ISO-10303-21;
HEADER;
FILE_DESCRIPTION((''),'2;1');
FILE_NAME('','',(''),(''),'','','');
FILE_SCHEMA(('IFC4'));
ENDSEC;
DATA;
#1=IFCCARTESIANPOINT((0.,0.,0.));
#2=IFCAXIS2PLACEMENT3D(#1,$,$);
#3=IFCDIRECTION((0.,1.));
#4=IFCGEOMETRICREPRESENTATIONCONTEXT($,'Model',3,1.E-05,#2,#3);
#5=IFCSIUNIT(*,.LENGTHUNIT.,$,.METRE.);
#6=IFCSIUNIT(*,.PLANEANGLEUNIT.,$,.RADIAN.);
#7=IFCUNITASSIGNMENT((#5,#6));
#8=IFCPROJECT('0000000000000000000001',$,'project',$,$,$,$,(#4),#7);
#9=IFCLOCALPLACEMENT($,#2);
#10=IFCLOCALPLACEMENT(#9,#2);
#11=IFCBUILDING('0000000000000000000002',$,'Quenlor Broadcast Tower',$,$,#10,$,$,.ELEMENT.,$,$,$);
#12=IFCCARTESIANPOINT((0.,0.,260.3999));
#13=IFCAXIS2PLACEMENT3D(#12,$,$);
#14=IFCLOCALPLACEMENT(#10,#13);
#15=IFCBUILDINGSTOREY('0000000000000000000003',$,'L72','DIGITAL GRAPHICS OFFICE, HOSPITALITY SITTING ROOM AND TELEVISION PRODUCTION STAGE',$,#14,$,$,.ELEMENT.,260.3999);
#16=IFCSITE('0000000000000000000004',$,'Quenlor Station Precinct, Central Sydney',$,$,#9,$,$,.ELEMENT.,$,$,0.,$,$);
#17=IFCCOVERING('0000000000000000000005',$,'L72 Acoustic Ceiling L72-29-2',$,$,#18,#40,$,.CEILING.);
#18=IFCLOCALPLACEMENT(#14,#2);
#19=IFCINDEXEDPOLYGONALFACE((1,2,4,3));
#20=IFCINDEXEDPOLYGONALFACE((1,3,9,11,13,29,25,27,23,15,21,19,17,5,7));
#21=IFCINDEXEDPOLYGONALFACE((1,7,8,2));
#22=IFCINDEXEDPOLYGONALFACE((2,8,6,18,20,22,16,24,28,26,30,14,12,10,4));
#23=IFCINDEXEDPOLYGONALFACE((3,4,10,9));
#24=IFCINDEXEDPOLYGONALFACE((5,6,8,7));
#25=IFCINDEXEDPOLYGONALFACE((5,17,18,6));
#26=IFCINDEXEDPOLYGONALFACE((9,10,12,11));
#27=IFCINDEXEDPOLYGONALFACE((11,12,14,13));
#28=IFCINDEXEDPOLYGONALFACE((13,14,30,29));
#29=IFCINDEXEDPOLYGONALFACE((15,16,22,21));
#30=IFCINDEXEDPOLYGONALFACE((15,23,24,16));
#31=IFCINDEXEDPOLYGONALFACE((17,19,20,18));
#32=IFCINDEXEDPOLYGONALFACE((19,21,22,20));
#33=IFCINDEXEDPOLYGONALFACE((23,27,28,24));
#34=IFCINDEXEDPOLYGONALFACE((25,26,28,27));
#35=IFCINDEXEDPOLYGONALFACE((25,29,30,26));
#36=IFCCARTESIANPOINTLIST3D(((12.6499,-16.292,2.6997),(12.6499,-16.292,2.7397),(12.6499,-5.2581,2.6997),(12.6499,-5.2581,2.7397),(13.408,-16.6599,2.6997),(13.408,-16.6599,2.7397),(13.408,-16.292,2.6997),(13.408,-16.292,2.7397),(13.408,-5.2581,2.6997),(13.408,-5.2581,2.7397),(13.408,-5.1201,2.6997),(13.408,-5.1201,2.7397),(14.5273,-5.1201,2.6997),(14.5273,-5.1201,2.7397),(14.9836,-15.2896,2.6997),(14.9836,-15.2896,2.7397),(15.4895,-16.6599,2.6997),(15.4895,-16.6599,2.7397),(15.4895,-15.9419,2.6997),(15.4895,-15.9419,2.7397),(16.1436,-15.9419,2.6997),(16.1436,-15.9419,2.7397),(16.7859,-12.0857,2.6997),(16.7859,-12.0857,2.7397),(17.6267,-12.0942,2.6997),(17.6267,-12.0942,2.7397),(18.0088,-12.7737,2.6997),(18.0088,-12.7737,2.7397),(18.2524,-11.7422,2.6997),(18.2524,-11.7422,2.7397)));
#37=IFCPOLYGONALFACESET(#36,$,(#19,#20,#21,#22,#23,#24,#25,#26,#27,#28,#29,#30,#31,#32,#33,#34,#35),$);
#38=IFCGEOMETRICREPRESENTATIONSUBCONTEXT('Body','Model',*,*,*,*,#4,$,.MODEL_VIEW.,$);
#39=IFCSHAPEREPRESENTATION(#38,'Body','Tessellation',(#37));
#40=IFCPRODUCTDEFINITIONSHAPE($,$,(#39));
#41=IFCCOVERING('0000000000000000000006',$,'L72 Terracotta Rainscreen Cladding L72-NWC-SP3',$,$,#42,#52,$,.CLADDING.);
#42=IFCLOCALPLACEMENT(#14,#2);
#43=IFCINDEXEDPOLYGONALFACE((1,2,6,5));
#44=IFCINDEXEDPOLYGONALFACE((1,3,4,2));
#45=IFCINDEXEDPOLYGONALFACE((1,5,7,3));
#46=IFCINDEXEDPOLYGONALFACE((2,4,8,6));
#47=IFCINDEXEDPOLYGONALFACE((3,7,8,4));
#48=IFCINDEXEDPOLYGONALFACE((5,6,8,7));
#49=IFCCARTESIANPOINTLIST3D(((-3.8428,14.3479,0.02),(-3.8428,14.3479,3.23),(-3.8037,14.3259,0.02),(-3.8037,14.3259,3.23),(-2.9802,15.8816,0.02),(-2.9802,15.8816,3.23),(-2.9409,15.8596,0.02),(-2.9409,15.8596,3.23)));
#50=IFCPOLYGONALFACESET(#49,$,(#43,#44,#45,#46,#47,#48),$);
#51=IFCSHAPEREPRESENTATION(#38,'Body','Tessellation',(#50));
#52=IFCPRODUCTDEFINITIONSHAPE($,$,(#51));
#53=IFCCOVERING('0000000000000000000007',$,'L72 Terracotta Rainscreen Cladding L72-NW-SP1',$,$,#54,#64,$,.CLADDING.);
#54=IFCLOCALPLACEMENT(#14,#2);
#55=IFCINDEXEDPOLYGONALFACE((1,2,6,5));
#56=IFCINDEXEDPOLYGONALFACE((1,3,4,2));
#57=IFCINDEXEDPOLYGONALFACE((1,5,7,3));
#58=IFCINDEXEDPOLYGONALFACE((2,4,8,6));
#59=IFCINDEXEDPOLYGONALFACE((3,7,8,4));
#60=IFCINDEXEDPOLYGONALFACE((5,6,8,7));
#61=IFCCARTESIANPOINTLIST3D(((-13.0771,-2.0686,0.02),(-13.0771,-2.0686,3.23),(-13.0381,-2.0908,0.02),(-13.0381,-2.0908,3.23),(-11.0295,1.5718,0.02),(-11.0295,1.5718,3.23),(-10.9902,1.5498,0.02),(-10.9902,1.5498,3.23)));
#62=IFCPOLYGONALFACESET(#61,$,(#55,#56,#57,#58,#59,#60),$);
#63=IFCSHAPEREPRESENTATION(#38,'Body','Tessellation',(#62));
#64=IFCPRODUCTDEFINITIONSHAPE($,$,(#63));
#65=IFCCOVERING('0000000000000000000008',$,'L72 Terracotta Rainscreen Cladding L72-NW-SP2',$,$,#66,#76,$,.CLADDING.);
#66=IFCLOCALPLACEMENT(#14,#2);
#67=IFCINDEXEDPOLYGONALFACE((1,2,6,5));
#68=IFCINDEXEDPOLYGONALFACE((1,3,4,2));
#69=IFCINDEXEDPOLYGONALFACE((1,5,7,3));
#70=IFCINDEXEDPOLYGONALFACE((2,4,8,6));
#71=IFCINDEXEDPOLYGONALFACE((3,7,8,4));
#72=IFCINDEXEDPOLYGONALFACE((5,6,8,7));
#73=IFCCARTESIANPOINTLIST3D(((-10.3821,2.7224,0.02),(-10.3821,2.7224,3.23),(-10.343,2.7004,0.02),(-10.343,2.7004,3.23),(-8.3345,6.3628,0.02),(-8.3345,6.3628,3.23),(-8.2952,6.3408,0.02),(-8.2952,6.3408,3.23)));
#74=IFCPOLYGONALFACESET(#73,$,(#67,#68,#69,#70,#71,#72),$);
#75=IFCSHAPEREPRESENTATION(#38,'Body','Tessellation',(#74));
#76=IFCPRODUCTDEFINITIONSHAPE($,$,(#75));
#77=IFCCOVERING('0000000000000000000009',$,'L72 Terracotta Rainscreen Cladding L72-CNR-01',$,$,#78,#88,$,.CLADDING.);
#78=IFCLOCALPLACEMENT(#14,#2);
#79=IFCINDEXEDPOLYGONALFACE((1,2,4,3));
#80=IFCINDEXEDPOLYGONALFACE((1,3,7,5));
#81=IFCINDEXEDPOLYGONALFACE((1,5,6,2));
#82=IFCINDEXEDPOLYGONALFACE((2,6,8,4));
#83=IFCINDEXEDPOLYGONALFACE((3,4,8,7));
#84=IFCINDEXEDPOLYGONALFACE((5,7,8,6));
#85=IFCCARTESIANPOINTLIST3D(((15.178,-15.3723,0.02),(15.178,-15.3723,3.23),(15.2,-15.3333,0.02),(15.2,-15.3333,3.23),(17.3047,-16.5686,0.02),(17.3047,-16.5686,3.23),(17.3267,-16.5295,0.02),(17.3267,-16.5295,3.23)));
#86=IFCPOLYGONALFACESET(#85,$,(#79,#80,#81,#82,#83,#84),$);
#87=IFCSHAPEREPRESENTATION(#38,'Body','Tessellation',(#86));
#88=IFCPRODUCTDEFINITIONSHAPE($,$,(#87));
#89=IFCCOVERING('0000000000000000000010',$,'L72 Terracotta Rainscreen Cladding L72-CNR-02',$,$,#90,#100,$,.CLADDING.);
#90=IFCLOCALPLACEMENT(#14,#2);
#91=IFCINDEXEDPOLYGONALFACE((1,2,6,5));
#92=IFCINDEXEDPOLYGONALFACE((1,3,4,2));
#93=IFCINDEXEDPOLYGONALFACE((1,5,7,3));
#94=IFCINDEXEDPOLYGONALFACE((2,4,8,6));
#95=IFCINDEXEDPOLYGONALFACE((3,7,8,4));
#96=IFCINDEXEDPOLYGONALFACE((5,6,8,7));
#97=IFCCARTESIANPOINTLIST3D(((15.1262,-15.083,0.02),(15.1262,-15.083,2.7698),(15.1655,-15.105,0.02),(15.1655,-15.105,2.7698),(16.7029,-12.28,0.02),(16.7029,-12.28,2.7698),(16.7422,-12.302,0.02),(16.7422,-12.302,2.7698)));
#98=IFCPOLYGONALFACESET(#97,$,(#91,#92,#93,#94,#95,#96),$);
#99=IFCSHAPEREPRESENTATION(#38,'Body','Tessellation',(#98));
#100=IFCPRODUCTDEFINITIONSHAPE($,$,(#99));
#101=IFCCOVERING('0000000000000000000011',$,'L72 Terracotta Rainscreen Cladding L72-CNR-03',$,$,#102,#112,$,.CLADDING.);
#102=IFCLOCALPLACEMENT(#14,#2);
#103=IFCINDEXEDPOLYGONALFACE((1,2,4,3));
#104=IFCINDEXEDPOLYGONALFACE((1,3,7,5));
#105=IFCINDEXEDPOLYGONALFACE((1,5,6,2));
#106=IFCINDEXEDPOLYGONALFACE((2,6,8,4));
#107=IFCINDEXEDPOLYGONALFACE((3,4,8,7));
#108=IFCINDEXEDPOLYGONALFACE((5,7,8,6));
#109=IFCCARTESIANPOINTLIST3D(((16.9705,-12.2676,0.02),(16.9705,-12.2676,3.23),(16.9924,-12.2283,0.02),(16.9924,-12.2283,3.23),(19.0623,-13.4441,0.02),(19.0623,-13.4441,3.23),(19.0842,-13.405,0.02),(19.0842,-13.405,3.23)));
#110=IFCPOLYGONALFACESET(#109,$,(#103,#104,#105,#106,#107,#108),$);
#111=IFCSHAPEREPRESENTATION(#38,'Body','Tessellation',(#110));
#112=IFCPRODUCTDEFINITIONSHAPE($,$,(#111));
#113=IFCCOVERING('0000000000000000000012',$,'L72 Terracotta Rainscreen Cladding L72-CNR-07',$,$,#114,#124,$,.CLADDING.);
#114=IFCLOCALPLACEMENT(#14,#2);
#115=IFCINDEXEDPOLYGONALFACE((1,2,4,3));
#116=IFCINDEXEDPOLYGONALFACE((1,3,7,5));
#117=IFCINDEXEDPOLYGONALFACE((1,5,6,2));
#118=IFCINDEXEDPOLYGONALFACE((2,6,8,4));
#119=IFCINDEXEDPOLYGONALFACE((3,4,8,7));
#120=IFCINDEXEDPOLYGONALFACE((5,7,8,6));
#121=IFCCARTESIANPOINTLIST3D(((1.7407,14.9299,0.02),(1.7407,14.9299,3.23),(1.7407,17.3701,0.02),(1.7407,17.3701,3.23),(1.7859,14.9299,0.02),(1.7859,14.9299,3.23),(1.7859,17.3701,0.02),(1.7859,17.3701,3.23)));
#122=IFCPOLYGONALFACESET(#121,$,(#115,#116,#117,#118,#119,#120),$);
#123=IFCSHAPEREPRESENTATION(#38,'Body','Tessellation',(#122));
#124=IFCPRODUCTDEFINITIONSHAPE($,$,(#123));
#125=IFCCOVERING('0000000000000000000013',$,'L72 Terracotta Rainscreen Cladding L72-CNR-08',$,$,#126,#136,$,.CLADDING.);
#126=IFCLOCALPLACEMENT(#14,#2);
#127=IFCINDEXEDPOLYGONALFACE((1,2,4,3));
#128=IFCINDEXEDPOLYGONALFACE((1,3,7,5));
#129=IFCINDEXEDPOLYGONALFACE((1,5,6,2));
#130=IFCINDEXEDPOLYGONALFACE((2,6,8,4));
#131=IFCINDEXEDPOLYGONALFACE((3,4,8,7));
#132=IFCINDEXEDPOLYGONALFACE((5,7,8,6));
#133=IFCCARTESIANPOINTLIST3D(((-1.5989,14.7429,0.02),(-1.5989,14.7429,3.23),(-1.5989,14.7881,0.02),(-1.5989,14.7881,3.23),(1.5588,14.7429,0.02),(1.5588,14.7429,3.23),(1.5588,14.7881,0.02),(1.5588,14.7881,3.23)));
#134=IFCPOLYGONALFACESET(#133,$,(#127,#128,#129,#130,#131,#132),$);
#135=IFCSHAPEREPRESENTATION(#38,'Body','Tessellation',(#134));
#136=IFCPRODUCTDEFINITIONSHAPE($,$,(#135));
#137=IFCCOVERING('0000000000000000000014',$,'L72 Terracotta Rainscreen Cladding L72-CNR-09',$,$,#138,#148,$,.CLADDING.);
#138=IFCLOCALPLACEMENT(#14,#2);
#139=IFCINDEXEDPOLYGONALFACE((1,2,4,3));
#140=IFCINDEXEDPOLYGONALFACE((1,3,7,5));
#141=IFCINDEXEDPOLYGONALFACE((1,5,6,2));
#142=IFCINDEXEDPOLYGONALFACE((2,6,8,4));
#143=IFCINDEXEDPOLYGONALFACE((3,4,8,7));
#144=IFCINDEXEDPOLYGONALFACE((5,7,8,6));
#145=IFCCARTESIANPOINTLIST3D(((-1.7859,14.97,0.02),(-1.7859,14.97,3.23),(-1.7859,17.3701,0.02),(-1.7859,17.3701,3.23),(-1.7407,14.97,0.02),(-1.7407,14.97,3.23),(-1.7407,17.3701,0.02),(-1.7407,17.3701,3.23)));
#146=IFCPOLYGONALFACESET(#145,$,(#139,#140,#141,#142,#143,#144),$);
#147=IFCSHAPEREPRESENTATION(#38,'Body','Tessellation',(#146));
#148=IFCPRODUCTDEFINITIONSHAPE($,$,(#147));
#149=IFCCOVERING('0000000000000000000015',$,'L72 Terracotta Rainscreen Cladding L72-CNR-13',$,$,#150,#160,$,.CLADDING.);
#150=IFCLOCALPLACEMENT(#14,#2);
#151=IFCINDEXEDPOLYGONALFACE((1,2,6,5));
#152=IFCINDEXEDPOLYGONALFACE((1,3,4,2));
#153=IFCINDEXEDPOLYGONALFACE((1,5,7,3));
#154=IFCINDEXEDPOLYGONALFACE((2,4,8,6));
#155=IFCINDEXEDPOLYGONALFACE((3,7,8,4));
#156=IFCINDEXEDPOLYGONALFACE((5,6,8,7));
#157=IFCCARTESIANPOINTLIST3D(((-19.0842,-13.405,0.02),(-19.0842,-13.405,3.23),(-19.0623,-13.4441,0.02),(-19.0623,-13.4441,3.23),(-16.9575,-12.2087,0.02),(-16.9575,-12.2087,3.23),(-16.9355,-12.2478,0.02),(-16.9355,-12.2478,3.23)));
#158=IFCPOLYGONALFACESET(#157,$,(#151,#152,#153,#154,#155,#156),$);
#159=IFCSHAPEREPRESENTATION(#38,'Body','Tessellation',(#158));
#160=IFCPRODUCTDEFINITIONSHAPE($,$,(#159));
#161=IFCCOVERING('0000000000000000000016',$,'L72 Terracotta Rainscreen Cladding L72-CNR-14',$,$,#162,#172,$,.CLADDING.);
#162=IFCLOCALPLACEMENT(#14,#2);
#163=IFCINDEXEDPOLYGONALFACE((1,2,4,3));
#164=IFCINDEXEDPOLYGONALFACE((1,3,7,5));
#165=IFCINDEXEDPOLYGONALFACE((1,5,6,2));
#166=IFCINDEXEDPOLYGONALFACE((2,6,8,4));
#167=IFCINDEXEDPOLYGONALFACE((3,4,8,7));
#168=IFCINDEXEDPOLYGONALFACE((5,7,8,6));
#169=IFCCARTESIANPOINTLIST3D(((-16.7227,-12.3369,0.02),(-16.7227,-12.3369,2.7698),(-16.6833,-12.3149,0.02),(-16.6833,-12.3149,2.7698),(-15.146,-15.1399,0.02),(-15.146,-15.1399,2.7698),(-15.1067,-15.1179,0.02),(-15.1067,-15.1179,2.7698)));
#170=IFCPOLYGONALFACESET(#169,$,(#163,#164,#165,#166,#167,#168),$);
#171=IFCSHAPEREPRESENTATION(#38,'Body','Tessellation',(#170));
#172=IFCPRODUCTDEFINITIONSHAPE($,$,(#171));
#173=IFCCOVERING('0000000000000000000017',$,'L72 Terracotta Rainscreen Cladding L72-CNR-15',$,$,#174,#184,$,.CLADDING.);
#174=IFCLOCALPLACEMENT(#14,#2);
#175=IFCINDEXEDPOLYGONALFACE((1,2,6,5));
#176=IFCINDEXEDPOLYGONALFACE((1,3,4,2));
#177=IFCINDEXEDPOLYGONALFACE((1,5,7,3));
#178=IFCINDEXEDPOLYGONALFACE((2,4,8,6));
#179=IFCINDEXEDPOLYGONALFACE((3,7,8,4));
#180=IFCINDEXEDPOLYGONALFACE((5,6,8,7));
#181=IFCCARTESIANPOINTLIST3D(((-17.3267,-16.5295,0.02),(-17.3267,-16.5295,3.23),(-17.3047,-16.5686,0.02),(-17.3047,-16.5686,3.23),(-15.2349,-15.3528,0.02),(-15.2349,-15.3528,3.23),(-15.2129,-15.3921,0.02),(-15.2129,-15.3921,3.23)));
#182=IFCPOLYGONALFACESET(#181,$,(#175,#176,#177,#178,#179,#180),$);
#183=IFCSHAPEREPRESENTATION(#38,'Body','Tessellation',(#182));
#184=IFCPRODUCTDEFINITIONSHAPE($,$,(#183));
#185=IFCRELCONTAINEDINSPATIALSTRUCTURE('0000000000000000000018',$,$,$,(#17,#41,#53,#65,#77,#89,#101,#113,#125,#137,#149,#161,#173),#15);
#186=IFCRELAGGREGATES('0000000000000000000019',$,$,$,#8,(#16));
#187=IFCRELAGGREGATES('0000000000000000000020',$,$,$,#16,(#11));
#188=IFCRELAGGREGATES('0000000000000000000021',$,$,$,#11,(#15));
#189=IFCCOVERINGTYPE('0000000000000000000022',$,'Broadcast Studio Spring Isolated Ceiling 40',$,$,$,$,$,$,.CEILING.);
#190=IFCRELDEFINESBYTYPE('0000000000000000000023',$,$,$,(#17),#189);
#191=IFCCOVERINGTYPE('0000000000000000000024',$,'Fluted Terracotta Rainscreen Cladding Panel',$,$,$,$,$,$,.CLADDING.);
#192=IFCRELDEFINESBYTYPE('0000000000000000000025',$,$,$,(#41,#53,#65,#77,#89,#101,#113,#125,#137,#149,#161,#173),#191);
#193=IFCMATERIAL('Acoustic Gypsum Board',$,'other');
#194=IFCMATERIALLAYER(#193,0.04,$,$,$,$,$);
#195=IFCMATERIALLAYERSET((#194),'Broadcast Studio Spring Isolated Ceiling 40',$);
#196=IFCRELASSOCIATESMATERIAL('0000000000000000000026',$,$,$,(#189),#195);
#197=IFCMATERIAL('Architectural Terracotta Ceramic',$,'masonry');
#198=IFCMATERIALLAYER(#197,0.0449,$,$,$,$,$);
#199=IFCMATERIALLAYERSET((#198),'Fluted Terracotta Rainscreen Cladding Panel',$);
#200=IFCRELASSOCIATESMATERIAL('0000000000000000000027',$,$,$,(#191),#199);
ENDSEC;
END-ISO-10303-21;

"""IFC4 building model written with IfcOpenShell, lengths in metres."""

from ifc_helpers import new_model, si_unit, direction, frame, origin, place, context, subcontext, project, spatial, polyline, outline, extrude, material, layer, layer_set, type_object, element, save


model = new_model("IFC4")

# Units and contexts
model_context = context("Model", 3, precision=1e-05, world=origin(), true_north=direction((0.0, 1.0)))
body_context = subcontext(model_context, "Body", "Model", "MODEL_VIEW")
ifc_project = project(units=[si_unit("LENGTHUNIT", "METRE"), si_unit("PLANEANGLEUNIT", "RADIAN")], contexts=[model_context])

# Site, building, storey
site_placement = place(None, origin())
site = spatial("IfcSite", under=ifc_project, at=site_placement, Name="Quenlor Station Precinct, Central Sydney", CompositionType="ELEMENT", RefElevation=0.0)
building_placement = place(site_placement, origin())
building = spatial("IfcBuilding", under=site, at=building_placement, Name="Quenlor Broadcast Tower", CompositionType="ELEMENT")
storey_placement = place(building_placement, frame((0.0, 0.0, 260.3999)))
storey = spatial("IfcBuildingStorey", under=building, at=storey_placement, Name="L72", Description="DIGITAL GRAPHICS OFFICE, HOSPITALITY SITTING ROOM AND TELEVISION PRODUCTION STAGE", CompositionType="ELEMENT", Elevation=260.3999)

# Coverings
ifc_material_1 = material(Name="Acoustic Gypsum Board", Category="other")
ifc_layer_1 = layer(ifc_material_1, 0.04)
ifc_layer_set_1 = layer_set([ifc_layer_1], Name="Broadcast Studio Spring Isolated Ceiling 40")
covering_type_1 = type_object("IfcCoveringType", Name="Broadcast Studio Spring Isolated Ceiling 40", PredefinedType="CEILING", material=ifc_layer_set_1)
covering_1_placement = place(storey_placement, frame((0.0, 0.0, 2.6997)))
element("IfcCovering", 1, at=covering_1_placement, inside=storey, type_object=covering_type_1, Name="L72 Acoustic Ceiling L72-29-2", PredefinedType="CEILING", context=body_context, shape_type="SweptSolid", body=[
    extrude(outline(polyline([(13.408, -5.1201), (14.5273, -5.1201), (18.2524, -11.7422), (17.6267, -12.0942), (18.0088, -12.7737), (16.7859, -12.0857), (14.9836, -15.2896), (16.1436, -15.9419), (15.4895, -15.9419), (15.4895, -16.6599), (13.408, -16.6599), (13.408, -16.292), (12.6499, -16.292), (12.6499, -5.2581), (13.408, -5.2581), (13.408, -5.1201)])), origin(), (0.0, 0.0, 1.0), 0.04),
])
ifc_material_2 = material(Name="Architectural Terracotta Ceramic", Category="masonry")
ifc_layer_2 = layer(ifc_material_2, 0.0449)
ifc_layer_set_2 = layer_set([ifc_layer_2], Name="Fluted Terracotta Rainscreen Cladding Panel")
covering_type_2 = type_object("IfcCoveringType", Name="Fluted Terracotta Rainscreen Cladding Panel", PredefinedType="CLADDING", material=ifc_layer_set_2)
covering_2_placement = place(storey_placement, frame((0.0, 0.0, 0.02)))
element("IfcCovering", 2, at=covering_2_placement, inside=storey, type_object=covering_type_2, Name="L72 Terracotta Rainscreen Cladding L72-NWC-SP3", PredefinedType="CLADDING", context=body_context, shape_type="SweptSolid", body=[
    extrude(outline(polyline([(-3.8037, 14.3259), (-2.9409, 15.8596), (-2.9802, 15.8816), (-3.8428, 14.3479), (-3.8037, 14.3259)])), origin(), (0.0, 0.0, 1.0), 3.21),
])
covering_3_placement = place(storey_placement, frame((0.0, 0.0, 0.02)))
element("IfcCovering", 3, at=covering_3_placement, inside=storey, type_object=covering_type_2, Name="L72 Terracotta Rainscreen Cladding L72-NW-SP1", PredefinedType="CLADDING", context=body_context, shape_type="SweptSolid", body=[
    extrude(outline(polyline([(-13.0381, -2.0908), (-10.9902, 1.5498), (-11.0295, 1.5718), (-13.0771, -2.0686), (-13.0381, -2.0908)])), origin(), (0.0, 0.0, 1.0), 3.21),
])
covering_4_placement = place(storey_placement, frame((0.0, 0.0, 0.02)))
element("IfcCovering", 4, at=covering_4_placement, inside=storey, type_object=covering_type_2, Name="L72 Terracotta Rainscreen Cladding L72-NW-SP2", PredefinedType="CLADDING", context=body_context, shape_type="SweptSolid", body=[
    extrude(outline(polyline([(-10.343, 2.7004), (-8.2952, 6.3408), (-8.3345, 6.3628), (-10.3821, 2.7224), (-10.343, 2.7004)])), origin(), (0.0, 0.0, 1.0), 3.21),
])
covering_5_placement = place(storey_placement, frame((0.0, 0.0, 0.02)))
element("IfcCovering", 5, at=covering_5_placement, inside=storey, type_object=covering_type_2, Name="L72 Terracotta Rainscreen Cladding L72-CNR-01", PredefinedType="CLADDING", context=body_context, shape_type="SweptSolid", body=[
    extrude(outline(polyline([(17.3267, -16.5295), (15.2, -15.3333), (15.178, -15.3723), (17.3047, -16.5686), (17.3267, -16.5295)])), origin(), (0.0, 0.0, 1.0), 3.21),
])
covering_6_placement = place(storey_placement, frame((0.0, 0.0, 0.02)))
element("IfcCovering", 6, at=covering_6_placement, inside=storey, type_object=covering_type_2, Name="L72 Terracotta Rainscreen Cladding L72-CNR-02", PredefinedType="CLADDING", context=body_context, shape_type="SweptSolid", body=[
    extrude(outline(polyline([(15.1655, -15.105), (16.7422, -12.302), (16.7029, -12.28), (15.1262, -15.083), (15.1655, -15.105)])), origin(), (0.0, 0.0, 1.0), 2.7498),
])
covering_7_placement = place(storey_placement, frame((0.0, 0.0, 0.02)))
element("IfcCovering", 7, at=covering_7_placement, inside=storey, type_object=covering_type_2, Name="L72 Terracotta Rainscreen Cladding L72-CNR-03", PredefinedType="CLADDING", context=body_context, shape_type="SweptSolid", body=[
    extrude(outline(polyline([(16.9705, -12.2676), (19.0623, -13.4441), (19.0842, -13.405), (16.9924, -12.2283), (16.9705, -12.2676)])), origin(), (0.0, 0.0, 1.0), 3.21),
])
covering_8_placement = place(storey_placement, frame((0.0, 0.0, 0.02)))
element("IfcCovering", 8, at=covering_8_placement, inside=storey, type_object=covering_type_2, Name="L72 Terracotta Rainscreen Cladding L72-CNR-07", PredefinedType="CLADDING", context=body_context, shape_type="SweptSolid", body=[
    extrude(outline(polyline([(1.7407, 17.3701), (1.7407, 14.9299), (1.7859, 14.9299), (1.7859, 17.3701), (1.7407, 17.3701)])), origin(), (0.0, 0.0, 1.0), 3.21),
])
covering_9_placement = place(storey_placement, frame((0.0, 0.0, 0.02)))
element("IfcCovering", 9, at=covering_9_placement, inside=storey, type_object=covering_type_2, Name="L72 Terracotta Rainscreen Cladding L72-CNR-08", PredefinedType="CLADDING", context=body_context, shape_type="SweptSolid", body=[
    extrude(outline(polyline([(1.5588, 14.7881), (-1.5989, 14.7881), (-1.5989, 14.7429), (1.5588, 14.7429), (1.5588, 14.7881)])), origin(), (0.0, 0.0, 1.0), 3.21),
])
covering_10_placement = place(storey_placement, frame((0.0, 0.0, 0.02)))
element("IfcCovering", 10, at=covering_10_placement, inside=storey, type_object=covering_type_2, Name="L72 Terracotta Rainscreen Cladding L72-CNR-09", PredefinedType="CLADDING", context=body_context, shape_type="SweptSolid", body=[
    extrude(outline(polyline([(-1.7407, 14.97), (-1.7407, 17.3701), (-1.7859, 17.3701), (-1.7859, 14.97), (-1.7407, 14.97)])), origin(), (0.0, 0.0, 1.0), 3.21),
])
covering_11_placement = place(storey_placement, frame((0.0, 0.0, 0.02)))
element("IfcCovering", 11, at=covering_11_placement, inside=storey, type_object=covering_type_2, Name="L72 Terracotta Rainscreen Cladding L72-CNR-13", PredefinedType="CLADDING", context=body_context, shape_type="SweptSolid", body=[
    extrude(outline(polyline([(-19.0623, -13.4441), (-16.9355, -12.2478), (-16.9575, -12.2087), (-19.0842, -13.405), (-19.0623, -13.4441)])), origin(), (0.0, 0.0, 1.0), 3.21),
])
covering_12_placement = place(storey_placement, frame((0.0, 0.0, 0.02)))
element("IfcCovering", 12, at=covering_12_placement, inside=storey, type_object=covering_type_2, Name="L72 Terracotta Rainscreen Cladding L72-CNR-14", PredefinedType="CLADDING", context=body_context, shape_type="SweptSolid", body=[
    extrude(outline(polyline([(-16.7227, -12.3369), (-15.146, -15.1399), (-15.1067, -15.1179), (-16.6833, -12.3149), (-16.7227, -12.3369)])), origin(), (0.0, 0.0, 1.0), 2.7498),
])
covering_13_placement = place(storey_placement, frame((0.0, 0.0, 0.02)))
element("IfcCovering", 13, at=covering_13_placement, inside=storey, type_object=covering_type_2, Name="L72 Terracotta Rainscreen Cladding L72-CNR-15", PredefinedType="CLADDING", context=body_context, shape_type="SweptSolid", body=[
    extrude(outline(polyline([(-15.2349, -15.3528), (-17.3267, -16.5295), (-17.3047, -16.5686), (-15.2129, -15.3921), (-15.2349, -15.3528)])), origin(), (0.0, 0.0, 1.0), 3.21),
])

save(model, "model.ifc")
